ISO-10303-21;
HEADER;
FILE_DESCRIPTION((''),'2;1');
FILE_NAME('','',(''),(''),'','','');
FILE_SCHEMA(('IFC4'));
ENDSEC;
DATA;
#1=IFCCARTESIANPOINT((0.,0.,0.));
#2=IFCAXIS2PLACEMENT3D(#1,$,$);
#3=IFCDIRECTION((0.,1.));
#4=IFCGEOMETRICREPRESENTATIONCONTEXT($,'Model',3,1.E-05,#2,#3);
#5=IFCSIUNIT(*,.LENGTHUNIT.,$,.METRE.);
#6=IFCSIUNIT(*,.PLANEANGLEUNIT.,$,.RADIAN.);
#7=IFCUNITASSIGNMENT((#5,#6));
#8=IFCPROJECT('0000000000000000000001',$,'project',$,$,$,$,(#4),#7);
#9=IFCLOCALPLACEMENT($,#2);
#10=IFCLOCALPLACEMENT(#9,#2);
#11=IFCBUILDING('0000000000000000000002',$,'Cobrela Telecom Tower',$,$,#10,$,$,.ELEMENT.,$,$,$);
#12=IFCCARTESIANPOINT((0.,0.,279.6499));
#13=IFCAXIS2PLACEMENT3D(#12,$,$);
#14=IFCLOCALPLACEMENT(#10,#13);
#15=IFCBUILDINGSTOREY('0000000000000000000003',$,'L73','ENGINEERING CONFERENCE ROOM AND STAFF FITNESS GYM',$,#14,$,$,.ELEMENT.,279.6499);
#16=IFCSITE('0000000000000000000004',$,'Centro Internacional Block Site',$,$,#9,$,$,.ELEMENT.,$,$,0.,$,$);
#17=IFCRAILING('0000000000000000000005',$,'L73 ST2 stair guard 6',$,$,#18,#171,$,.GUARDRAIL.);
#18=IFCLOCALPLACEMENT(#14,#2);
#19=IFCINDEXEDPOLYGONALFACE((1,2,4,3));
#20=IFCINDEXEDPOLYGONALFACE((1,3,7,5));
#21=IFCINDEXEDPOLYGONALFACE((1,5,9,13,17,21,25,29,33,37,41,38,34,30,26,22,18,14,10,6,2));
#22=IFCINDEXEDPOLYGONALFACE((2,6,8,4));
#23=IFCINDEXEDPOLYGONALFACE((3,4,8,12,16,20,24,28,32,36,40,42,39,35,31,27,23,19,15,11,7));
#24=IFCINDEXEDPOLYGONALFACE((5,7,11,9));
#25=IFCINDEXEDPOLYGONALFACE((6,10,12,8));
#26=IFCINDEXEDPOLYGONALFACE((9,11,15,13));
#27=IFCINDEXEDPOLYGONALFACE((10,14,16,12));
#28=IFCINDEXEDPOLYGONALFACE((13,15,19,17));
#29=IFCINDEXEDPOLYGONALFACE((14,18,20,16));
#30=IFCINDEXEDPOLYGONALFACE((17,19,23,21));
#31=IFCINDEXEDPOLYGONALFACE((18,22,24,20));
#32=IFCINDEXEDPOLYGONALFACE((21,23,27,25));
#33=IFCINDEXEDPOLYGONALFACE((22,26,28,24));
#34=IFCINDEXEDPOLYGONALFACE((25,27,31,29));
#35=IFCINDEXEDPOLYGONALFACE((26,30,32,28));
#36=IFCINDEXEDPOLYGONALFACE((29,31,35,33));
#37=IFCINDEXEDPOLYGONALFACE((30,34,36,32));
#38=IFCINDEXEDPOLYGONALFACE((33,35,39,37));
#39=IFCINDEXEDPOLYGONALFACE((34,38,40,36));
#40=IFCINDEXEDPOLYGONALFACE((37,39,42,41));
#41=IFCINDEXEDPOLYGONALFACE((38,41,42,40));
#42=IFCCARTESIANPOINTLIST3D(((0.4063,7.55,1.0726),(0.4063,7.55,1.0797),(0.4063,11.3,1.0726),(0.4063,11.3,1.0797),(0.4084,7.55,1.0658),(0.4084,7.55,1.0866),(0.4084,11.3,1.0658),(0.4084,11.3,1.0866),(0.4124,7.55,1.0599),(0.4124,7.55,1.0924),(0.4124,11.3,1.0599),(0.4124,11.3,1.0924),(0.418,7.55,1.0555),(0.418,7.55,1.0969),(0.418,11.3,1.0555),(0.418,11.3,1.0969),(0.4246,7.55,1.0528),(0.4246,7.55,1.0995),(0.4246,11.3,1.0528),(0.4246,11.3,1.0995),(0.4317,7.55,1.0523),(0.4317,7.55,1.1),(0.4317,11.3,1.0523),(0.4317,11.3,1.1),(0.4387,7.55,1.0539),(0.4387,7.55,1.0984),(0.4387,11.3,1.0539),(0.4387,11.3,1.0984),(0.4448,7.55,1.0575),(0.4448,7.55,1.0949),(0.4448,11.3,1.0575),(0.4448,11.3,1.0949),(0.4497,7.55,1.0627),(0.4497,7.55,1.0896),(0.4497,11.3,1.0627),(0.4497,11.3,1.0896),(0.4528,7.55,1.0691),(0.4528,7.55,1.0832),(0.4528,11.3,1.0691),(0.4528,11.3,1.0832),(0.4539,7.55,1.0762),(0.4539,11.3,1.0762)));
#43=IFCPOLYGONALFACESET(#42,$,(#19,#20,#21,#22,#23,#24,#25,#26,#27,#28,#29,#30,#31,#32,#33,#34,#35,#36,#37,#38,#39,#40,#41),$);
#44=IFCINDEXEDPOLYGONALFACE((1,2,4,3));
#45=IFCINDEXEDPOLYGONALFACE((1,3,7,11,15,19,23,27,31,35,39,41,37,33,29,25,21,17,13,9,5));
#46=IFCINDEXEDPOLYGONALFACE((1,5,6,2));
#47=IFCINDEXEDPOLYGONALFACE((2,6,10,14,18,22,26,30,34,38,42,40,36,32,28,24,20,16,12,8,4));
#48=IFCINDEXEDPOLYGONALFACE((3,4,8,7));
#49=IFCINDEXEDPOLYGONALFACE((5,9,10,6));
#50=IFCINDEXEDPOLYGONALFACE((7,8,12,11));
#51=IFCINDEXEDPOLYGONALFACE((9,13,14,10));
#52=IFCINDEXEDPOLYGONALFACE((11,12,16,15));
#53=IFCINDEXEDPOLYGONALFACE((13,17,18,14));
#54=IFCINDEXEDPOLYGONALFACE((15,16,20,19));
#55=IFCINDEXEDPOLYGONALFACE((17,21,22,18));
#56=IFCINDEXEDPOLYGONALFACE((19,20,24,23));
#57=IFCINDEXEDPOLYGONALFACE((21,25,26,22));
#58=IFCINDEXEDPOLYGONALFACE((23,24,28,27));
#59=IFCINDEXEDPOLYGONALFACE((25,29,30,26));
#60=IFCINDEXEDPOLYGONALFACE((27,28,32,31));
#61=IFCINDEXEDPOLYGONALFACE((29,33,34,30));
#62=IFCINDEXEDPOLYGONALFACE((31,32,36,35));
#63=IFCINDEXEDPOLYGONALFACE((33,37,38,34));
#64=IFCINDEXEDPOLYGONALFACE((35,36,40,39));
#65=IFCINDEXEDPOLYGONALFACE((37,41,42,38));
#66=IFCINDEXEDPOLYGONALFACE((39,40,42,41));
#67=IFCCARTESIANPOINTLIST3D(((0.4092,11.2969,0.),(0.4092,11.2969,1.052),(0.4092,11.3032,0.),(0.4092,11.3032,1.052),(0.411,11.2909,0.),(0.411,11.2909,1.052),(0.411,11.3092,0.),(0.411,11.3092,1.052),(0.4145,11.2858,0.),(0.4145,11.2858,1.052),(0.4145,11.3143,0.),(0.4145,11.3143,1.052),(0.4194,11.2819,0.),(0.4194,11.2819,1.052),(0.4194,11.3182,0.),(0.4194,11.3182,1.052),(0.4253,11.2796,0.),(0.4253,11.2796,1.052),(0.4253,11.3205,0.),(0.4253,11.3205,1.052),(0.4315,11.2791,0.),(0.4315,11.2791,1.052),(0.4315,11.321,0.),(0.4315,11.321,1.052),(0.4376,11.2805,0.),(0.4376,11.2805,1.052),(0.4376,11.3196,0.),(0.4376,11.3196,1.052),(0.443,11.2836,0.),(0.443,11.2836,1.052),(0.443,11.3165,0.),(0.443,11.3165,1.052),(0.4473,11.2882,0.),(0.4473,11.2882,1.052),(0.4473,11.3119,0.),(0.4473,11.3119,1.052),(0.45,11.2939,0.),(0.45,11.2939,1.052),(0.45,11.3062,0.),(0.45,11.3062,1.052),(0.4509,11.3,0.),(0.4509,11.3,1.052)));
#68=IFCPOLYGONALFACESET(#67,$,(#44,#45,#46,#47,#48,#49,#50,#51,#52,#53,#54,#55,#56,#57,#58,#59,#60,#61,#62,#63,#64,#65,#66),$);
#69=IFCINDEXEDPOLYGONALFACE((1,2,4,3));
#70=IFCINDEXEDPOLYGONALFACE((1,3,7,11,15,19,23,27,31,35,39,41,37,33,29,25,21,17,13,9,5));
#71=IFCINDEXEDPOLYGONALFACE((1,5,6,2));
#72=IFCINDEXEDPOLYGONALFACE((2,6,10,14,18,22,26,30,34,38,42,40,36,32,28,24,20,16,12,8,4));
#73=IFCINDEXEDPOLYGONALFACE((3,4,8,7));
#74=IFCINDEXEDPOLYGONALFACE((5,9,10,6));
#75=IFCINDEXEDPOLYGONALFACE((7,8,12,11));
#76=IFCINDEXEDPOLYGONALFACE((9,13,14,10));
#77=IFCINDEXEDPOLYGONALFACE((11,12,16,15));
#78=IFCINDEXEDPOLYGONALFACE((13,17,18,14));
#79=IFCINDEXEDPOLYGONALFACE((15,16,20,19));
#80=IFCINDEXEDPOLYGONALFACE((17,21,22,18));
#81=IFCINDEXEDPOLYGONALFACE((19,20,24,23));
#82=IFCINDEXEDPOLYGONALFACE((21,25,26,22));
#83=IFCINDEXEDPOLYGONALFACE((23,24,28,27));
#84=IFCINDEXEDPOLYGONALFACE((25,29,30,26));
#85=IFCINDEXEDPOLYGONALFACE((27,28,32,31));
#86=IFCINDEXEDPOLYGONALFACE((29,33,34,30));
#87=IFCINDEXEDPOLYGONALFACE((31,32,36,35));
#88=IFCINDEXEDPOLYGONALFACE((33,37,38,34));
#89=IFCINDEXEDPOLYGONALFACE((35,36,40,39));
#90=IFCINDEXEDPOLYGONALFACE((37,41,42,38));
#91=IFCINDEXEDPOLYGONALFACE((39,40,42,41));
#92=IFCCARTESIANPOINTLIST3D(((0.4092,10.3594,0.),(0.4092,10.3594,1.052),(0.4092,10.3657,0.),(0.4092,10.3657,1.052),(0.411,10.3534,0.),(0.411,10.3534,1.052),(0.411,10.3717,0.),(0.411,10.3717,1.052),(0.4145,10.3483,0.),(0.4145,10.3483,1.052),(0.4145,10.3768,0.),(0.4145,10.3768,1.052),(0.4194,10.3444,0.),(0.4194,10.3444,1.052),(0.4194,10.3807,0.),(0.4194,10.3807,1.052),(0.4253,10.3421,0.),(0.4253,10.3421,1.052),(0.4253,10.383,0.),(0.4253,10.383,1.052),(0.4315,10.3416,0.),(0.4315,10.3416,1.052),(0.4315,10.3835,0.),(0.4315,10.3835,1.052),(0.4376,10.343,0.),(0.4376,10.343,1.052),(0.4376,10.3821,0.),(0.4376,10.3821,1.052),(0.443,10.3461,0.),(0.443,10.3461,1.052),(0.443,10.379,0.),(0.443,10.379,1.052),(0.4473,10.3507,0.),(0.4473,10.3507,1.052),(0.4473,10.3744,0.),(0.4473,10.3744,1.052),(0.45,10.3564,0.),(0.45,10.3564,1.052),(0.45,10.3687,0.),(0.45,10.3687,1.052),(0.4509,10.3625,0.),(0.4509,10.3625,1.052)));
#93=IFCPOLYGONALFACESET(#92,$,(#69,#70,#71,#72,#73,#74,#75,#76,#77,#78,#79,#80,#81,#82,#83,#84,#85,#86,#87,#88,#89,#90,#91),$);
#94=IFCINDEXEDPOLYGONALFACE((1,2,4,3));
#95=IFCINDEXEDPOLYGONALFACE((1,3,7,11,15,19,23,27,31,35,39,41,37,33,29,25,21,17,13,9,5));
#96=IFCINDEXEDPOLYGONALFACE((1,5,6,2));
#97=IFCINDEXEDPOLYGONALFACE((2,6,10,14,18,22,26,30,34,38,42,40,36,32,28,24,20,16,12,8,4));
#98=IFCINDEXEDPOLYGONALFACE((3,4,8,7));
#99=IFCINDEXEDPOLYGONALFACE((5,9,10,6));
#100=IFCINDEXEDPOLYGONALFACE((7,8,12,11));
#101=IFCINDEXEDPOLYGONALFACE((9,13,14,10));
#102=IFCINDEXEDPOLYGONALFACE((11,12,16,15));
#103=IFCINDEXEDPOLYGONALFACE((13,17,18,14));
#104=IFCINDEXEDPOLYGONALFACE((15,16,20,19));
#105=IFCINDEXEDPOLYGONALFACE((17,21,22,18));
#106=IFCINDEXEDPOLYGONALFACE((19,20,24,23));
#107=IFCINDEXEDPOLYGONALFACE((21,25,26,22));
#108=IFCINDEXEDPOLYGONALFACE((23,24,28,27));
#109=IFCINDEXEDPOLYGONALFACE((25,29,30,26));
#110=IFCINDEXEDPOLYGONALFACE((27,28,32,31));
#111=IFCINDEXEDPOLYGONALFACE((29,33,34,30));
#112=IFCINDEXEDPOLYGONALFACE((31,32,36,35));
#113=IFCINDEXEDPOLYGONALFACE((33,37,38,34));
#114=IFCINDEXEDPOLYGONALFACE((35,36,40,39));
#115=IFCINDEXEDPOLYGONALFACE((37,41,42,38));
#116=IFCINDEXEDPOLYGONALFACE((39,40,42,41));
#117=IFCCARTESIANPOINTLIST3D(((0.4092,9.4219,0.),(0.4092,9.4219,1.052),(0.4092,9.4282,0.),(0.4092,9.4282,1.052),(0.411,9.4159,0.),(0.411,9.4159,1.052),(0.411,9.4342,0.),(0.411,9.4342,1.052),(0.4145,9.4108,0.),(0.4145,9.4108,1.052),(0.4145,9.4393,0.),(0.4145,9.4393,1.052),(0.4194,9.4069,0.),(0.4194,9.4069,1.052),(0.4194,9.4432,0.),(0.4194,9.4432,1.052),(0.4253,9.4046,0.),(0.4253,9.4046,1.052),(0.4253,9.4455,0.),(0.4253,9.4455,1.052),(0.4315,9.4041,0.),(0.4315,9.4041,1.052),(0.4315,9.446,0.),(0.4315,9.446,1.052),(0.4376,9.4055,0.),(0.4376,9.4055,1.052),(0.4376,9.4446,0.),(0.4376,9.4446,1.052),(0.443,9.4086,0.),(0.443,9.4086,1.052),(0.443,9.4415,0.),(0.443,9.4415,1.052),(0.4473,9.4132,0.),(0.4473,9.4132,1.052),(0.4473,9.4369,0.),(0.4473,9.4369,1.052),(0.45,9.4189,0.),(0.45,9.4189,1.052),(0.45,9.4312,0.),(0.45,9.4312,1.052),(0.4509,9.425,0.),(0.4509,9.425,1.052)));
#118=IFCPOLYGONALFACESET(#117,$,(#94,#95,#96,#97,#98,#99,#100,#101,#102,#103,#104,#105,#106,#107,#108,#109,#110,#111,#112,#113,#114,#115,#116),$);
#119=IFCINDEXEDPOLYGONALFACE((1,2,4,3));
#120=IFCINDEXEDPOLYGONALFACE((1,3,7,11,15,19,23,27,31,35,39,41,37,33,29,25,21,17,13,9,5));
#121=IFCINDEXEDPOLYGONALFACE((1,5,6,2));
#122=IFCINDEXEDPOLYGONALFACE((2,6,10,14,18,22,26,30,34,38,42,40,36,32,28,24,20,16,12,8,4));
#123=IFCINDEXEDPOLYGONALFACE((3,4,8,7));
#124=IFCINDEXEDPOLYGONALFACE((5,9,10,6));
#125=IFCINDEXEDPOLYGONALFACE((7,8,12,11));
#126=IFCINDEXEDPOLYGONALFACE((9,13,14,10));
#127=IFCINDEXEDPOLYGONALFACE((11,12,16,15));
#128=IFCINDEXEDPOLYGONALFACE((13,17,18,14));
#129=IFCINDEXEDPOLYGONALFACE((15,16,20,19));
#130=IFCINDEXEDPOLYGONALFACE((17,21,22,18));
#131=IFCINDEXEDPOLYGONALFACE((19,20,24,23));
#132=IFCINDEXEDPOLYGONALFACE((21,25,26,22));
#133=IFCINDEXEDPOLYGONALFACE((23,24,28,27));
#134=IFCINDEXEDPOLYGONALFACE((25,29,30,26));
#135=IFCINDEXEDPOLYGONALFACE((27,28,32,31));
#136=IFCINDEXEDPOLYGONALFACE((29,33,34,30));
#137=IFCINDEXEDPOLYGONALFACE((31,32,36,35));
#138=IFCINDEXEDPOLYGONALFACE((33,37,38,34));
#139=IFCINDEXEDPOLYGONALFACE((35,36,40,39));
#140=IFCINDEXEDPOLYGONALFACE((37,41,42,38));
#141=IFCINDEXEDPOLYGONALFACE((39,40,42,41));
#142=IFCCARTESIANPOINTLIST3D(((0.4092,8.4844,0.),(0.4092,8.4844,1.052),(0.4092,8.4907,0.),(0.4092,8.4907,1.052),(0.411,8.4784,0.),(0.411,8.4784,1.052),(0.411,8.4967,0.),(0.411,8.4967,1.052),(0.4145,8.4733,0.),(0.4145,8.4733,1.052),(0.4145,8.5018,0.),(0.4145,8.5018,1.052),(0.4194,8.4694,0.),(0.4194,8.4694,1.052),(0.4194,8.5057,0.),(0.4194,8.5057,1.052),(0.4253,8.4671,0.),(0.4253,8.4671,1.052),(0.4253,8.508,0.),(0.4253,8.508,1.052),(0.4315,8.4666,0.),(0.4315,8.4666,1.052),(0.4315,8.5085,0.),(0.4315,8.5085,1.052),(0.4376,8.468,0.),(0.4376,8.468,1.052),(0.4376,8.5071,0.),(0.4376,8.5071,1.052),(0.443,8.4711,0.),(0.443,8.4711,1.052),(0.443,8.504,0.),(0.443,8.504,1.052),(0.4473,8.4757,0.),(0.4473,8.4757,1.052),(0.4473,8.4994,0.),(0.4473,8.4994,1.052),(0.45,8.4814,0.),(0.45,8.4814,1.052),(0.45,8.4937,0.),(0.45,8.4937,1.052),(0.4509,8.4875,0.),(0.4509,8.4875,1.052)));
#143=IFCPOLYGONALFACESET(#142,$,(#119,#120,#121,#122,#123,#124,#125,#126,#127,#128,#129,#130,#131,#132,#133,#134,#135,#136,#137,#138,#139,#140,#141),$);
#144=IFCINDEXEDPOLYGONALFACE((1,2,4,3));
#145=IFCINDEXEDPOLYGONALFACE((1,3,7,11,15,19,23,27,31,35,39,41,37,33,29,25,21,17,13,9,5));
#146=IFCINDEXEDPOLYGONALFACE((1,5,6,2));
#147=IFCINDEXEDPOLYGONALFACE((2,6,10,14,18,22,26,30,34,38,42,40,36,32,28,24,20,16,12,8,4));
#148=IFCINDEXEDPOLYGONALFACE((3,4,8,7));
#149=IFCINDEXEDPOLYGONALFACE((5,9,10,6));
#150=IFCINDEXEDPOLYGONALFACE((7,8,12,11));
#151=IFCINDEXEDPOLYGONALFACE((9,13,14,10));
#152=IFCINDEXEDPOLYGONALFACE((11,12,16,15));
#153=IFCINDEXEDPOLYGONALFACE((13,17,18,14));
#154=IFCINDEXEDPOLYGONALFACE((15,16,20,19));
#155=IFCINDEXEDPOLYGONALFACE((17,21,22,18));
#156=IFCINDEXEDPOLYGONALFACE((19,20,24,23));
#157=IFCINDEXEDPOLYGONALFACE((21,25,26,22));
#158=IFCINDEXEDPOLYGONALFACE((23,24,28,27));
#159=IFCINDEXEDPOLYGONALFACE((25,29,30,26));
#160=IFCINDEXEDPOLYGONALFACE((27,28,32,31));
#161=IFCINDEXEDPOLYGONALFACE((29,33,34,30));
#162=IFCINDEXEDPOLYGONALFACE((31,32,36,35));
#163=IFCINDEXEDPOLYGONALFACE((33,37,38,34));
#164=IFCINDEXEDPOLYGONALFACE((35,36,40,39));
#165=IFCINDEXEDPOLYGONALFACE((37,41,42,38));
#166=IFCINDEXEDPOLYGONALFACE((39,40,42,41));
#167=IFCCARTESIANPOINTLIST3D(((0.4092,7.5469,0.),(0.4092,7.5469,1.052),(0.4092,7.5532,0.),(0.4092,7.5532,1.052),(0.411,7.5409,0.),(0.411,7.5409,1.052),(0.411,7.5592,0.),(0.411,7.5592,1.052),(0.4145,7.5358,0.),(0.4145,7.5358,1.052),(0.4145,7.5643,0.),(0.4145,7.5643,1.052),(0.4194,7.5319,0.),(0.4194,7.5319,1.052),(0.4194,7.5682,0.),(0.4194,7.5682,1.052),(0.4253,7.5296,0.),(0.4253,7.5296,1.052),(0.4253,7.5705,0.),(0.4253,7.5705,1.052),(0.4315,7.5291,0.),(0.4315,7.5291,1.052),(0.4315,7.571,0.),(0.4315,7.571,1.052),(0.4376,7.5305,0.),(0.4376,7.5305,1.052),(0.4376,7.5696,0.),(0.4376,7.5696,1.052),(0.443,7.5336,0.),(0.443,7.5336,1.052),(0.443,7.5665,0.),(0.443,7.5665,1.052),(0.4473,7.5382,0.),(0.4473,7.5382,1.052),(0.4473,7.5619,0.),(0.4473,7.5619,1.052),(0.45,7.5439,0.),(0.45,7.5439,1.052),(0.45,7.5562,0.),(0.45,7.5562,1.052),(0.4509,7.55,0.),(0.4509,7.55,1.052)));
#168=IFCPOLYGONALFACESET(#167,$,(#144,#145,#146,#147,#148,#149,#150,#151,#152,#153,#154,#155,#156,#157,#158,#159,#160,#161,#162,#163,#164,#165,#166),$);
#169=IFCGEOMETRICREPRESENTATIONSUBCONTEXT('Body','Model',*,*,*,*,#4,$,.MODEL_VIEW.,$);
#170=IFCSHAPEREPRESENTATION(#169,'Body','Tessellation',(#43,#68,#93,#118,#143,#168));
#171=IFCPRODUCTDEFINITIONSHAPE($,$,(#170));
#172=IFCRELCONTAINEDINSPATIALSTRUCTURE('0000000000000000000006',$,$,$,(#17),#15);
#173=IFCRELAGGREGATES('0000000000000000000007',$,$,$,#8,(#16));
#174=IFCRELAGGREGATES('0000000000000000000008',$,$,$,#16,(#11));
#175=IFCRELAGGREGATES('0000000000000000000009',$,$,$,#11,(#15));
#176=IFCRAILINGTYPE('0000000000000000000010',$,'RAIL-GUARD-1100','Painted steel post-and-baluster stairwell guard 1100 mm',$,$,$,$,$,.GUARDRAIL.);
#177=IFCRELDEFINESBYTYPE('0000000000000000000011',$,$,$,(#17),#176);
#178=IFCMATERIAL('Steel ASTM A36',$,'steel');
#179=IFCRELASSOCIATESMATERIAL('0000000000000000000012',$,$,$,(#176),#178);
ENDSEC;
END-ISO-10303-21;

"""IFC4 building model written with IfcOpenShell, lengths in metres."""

from ifc_helpers import new_model, si_unit, direction, frame, origin, origin_2d, place, context, subcontext, project, spatial, circle, extrude, material, type_object, element, save


model = new_model("IFC4")

# Units and contexts
model_context = context("Model", 3, precision=1e-05, world=origin(), true_north=direction((0.0, 1.0)))
body_context = subcontext(model_context, "Body", "Model", "MODEL_VIEW")
ifc_project = project(units=[si_unit("LENGTHUNIT", "METRE"), si_unit("PLANEANGLEUNIT", "RADIAN")], contexts=[model_context])

# Site, building, storey
site_placement = place(None, origin())
site = spatial("IfcSite", under=ifc_project, at=site_placement, Name="Centro Internacional Block Site", CompositionType="ELEMENT", RefElevation=0.0)
building_placement = place(site_placement, origin())
building = spatial("IfcBuilding", under=site, at=building_placement, Name="Cobrela Telecom Tower", CompositionType="ELEMENT")
storey_placement = place(building_placement, frame((0.0, 0.0, 279.6499)))
storey = spatial("IfcBuildingStorey", under=building, at=storey_placement, Name="L73", Description="ENGINEERING CONFERENCE ROOM AND STAFF FITNESS GYM", CompositionType="ELEMENT", Elevation=279.6499)

# Shared definitions
ifc_material_1 = material(Name="Steel ASTM A36", Category="steel")

# Railing
railing_type = type_object("IfcRailingType", Name="RAIL-GUARD-1100", Description="Painted steel post-and-baluster stairwell guard 1100 mm", PredefinedType="GUARDRAIL", material=ifc_material_1)
railing_1_placement = place(storey_placement, frame((0.4299, 11.3, 0.0)))
element("IfcRailing", 1, at=railing_1_placement, inside=storey, type_object=railing_type, Name="L73 ST2 stair guard 6", PredefinedType="GUARDRAIL", context=body_context, shape_type="SweptSolid", body=[
    extrude(circle(Radius=0.0239, at=origin_2d()), frame((0.0, 0.0, 1.0762), z_axis=(0.0, -1.0, 0.0), x_axis=(1.0, 0.0, 0.0)), (0.0, 0.0, 1.0), 3.75),
    extrude(circle(Radius=0.021, at=origin_2d()), origin(), (0.0, 0.0, 1.0), 1.052),
    extrude(circle(Radius=0.021, at=origin_2d()), frame((0.0, -0.9375, 0.0)), (0.0, 0.0, 1.0), 1.052),
    extrude(circle(Radius=0.021, at=origin_2d()), frame((0.0, -1.875, 0.0)), (0.0, 0.0, 1.0), 1.052),
    extrude(circle(Radius=0.021, at=origin_2d()), frame((0.0, -2.8125, 0.0)), (0.0, 0.0, 1.0), 1.052),
    extrude(circle(Radius=0.021, at=origin_2d()), frame((0.0, -3.75, 0.0)), (0.0, 0.0, 1.0), 1.052),
])

save(model, "model.ifc")
